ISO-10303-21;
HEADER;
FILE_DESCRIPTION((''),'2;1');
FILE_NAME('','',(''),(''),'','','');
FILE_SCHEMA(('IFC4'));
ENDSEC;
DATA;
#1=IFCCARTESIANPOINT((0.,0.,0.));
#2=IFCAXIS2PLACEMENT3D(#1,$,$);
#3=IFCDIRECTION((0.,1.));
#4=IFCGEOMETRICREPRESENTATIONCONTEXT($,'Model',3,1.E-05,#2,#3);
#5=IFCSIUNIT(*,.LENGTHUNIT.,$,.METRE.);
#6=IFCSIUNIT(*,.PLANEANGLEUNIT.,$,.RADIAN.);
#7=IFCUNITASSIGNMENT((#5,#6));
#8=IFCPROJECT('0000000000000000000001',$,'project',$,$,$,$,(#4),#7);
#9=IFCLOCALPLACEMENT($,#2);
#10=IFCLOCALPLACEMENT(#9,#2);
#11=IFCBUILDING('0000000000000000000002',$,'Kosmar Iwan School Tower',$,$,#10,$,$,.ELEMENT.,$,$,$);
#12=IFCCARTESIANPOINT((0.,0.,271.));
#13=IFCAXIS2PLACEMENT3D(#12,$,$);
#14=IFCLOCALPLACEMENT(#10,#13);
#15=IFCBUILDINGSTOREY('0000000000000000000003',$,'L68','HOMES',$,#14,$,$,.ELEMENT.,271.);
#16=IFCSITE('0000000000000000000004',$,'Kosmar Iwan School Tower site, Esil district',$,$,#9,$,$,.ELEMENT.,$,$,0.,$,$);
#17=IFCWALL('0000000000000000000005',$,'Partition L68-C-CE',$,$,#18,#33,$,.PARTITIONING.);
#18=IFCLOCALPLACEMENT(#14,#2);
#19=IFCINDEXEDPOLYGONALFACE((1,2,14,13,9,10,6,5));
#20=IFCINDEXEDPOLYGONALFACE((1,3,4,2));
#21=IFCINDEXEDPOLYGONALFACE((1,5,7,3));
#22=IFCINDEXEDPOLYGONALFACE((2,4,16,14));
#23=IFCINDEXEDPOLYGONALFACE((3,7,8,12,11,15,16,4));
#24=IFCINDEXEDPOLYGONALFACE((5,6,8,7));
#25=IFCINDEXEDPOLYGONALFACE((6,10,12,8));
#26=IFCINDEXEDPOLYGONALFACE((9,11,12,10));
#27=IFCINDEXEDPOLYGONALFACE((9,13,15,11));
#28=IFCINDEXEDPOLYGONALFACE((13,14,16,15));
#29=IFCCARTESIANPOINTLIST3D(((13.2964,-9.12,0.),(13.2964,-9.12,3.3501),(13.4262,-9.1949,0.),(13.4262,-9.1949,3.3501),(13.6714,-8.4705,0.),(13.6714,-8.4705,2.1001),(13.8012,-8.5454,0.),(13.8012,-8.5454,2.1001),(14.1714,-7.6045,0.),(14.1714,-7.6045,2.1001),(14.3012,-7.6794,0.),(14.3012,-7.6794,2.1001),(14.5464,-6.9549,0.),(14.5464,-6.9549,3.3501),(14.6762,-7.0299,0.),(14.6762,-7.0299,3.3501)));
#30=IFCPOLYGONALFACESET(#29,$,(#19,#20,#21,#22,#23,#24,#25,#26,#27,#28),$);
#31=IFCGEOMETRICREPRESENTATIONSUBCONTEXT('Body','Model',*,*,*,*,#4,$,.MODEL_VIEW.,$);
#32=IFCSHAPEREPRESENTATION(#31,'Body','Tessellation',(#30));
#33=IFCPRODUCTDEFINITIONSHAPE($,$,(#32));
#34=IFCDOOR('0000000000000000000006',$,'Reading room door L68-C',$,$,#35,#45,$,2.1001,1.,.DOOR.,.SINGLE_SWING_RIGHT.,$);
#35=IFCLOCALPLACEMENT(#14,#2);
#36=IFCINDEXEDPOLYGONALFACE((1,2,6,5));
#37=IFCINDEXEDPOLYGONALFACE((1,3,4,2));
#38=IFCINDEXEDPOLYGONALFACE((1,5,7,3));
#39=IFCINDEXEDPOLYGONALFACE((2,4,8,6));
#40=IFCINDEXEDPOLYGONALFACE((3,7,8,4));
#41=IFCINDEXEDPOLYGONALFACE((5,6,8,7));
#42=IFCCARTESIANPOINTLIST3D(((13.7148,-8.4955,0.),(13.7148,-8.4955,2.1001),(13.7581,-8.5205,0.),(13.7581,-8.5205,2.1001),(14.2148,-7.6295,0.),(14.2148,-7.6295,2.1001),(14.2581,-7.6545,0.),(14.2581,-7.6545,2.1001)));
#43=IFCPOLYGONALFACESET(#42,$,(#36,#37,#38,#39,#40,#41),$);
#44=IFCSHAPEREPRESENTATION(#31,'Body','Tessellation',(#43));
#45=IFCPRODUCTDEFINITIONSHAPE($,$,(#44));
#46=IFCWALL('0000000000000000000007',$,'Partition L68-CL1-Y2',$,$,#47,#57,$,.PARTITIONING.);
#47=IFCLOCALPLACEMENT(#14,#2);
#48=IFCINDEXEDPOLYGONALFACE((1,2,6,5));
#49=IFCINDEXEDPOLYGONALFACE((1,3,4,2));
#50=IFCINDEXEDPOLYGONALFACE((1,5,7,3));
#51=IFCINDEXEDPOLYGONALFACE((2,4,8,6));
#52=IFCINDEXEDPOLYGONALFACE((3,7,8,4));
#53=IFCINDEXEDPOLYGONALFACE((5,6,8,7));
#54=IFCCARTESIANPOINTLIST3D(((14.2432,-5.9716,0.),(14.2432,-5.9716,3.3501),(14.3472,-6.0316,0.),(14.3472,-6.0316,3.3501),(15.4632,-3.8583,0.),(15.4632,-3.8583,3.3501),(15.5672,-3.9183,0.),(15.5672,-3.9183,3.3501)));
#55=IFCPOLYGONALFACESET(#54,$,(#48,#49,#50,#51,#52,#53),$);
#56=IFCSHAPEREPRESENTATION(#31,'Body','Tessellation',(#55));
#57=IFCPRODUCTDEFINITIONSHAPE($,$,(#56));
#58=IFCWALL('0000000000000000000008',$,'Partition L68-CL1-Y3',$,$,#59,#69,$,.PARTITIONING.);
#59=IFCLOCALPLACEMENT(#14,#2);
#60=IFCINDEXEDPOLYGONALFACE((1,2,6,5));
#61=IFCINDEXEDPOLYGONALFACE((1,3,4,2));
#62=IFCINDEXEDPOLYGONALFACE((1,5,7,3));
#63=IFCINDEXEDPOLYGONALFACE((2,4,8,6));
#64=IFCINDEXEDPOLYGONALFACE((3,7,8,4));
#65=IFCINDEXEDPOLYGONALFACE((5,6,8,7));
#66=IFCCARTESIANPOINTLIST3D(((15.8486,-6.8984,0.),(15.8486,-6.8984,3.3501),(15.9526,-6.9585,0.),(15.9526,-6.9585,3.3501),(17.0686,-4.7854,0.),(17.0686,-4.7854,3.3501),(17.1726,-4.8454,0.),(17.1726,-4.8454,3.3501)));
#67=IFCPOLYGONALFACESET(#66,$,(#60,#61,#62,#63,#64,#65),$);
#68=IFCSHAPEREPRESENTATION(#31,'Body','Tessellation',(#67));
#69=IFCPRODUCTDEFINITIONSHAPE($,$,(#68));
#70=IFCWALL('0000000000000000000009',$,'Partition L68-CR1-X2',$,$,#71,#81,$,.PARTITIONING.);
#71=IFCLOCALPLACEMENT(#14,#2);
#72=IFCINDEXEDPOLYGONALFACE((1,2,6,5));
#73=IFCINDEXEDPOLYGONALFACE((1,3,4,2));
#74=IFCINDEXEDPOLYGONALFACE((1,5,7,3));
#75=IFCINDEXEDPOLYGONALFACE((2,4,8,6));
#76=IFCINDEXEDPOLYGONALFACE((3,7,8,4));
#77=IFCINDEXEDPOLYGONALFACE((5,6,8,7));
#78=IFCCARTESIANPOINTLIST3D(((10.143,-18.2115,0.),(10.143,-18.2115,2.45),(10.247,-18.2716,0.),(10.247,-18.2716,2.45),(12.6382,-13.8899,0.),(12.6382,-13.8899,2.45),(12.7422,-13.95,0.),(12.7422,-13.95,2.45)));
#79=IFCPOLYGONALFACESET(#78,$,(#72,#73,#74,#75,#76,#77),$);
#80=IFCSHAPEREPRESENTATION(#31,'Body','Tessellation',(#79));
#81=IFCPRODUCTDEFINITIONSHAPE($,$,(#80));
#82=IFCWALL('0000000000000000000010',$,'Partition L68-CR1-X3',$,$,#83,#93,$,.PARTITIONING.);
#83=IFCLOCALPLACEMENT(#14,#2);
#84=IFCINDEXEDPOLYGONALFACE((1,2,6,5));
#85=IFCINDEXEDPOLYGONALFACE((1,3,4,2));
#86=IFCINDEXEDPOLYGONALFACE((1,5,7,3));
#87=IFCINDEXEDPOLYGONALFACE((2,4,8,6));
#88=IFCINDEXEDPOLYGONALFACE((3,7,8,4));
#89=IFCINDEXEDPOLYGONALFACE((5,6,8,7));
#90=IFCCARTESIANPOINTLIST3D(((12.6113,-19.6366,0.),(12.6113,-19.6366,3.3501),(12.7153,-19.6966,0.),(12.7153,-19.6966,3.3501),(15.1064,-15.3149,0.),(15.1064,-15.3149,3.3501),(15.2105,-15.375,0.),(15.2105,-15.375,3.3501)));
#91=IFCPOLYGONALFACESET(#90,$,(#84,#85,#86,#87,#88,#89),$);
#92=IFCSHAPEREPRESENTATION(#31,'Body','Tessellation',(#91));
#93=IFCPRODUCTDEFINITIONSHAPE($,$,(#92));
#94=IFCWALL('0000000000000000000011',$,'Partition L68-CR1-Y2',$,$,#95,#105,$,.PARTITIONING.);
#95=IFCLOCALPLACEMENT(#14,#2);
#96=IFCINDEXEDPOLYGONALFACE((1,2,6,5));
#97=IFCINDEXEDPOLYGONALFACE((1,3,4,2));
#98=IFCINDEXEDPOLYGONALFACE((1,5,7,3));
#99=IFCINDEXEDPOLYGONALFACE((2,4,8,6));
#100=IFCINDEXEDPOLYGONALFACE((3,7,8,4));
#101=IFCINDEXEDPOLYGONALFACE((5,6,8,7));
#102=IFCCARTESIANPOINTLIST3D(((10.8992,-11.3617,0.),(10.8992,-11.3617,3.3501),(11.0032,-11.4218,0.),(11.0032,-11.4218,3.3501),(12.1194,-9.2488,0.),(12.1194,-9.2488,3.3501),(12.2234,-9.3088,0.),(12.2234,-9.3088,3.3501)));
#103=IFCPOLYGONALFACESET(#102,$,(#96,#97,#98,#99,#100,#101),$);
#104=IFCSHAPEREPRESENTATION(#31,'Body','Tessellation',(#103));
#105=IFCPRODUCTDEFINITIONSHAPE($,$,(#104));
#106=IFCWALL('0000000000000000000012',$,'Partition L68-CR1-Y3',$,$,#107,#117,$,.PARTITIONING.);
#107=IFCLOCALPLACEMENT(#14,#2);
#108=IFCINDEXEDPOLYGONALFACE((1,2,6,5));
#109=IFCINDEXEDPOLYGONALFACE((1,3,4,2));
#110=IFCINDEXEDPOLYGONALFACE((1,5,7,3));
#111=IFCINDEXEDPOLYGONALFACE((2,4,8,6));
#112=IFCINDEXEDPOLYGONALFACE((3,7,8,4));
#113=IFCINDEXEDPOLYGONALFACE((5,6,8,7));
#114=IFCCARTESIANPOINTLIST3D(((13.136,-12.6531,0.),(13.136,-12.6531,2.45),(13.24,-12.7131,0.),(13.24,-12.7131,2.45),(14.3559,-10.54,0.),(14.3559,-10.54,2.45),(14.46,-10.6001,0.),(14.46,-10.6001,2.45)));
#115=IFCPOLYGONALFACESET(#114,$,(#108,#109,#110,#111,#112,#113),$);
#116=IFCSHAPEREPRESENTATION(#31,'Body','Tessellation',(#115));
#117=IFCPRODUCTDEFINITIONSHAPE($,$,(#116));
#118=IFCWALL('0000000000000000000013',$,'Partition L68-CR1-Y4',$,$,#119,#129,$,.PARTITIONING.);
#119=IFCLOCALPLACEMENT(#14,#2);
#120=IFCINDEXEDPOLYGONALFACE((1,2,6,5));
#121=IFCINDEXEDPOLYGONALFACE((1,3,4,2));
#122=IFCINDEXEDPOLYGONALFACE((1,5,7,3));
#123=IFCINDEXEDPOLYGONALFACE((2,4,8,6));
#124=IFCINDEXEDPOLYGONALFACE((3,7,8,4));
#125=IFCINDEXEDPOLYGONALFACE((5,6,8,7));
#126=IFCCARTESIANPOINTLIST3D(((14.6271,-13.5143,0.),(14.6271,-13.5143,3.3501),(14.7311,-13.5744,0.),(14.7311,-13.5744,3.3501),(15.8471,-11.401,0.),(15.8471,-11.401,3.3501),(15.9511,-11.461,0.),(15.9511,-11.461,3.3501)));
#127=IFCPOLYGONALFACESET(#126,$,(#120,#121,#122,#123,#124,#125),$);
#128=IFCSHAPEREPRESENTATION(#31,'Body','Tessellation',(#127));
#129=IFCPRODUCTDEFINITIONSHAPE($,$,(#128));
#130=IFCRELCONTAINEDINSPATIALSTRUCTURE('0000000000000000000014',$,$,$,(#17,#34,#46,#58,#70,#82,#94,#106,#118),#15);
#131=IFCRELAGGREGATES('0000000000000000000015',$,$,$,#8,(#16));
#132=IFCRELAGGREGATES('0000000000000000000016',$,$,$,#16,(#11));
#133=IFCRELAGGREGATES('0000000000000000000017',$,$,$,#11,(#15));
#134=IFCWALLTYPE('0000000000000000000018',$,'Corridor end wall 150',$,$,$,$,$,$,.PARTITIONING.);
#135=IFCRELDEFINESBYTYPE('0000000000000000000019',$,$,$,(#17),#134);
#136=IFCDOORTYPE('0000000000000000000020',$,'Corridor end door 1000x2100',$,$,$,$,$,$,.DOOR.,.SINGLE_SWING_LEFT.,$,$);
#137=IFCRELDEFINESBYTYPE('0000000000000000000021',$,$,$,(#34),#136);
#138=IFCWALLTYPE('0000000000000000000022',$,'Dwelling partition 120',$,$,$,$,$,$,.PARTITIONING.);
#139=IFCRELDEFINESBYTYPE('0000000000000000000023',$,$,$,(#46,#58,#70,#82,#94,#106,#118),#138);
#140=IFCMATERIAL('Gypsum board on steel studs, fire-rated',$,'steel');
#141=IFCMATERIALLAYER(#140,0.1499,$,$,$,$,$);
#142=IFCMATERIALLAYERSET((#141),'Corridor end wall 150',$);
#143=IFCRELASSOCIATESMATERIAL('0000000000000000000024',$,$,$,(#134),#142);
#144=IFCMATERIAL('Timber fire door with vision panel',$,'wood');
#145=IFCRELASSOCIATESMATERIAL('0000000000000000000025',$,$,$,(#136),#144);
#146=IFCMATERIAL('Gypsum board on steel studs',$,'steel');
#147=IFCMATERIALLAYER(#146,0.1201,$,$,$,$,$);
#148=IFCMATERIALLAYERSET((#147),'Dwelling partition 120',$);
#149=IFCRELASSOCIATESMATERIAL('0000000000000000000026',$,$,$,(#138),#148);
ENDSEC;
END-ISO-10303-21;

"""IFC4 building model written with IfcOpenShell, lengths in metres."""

from ifc_helpers import new_model, si_unit, direction, frame, frame_2d, origin, place, context, subcontext, project, spatial, rectangle, extrude, material, layer, layer_set, type_object, element, fill, save


model = new_model("IFC4")

# Units and contexts
model_context = context("Model", 3, precision=1e-05, world=origin(), true_north=direction((0.0, 1.0)))
body_context = subcontext(model_context, "Body", "Model", "MODEL_VIEW")
ifc_project = project(units=[si_unit("LENGTHUNIT", "METRE"), si_unit("PLANEANGLEUNIT", "RADIAN")], contexts=[model_context])

# Site, building, storey
site_placement = place(None, origin())
site = spatial("IfcSite", under=ifc_project, at=site_placement, Name="Kosmar Iwan School Tower site, Esil district", CompositionType="ELEMENT", RefElevation=0.0)
building_placement = place(site_placement, origin())
building = spatial("IfcBuilding", under=site, at=building_placement, Name="Kosmar Iwan School Tower", CompositionType="ELEMENT")
storey_placement = place(building_placement, frame((0.0, 0.0, 271.0)))
storey = spatial("IfcBuildingStorey", under=building, at=storey_placement, Name="L68", Description="HOMES", CompositionType="ELEMENT", Elevation=271.0)

# Wall, opening, door
ifc_material_1 = material(Name="Gypsum board on steel studs, fire-rated", Category="steel")
ifc_layer_1 = layer(ifc_material_1, 0.1499)
ifc_layer_set_1 = layer_set([ifc_layer_1], Name="Corridor end wall 150")
wall_type_1 = type_object("IfcWallType", Name="Corridor end wall 150", PredefinedType="PARTITIONING", material=ifc_layer_set_1)
wall_1_placement = place(storey_placement, frame((13.3613, -9.1575, 0.0), z_axis=(0.0, 0.0, 1.0), x_axis=(0.500004, 0.866023, 0.0)))
wall_1 = element("IfcWall", 1, at=wall_1_placement, inside=storey, type_object=wall_type_1, Name="Partition L68-C-CE", PredefinedType="PARTITIONING", context=body_context, shape_type="SweptSolid", body=[
    extrude(rectangle(XDim=2.5, YDim=0.1499, at=frame_2d((1.25, 0.0))), origin(), (0.0, 0.0, 1.0), 3.3501),
])
opening_placement = place(wall_1_placement, frame((0.75, 0.0, 0.0)))
opening = element("IfcOpeningElement", 2, at=opening_placement, cuts=wall_1, PredefinedType="OPENING", context=body_context, shape_type="SweptSolid", body=[
    extrude(rectangle(XDim=1.0, YDim=2.1001, at=frame_2d((0.5, 1.05))), frame((0.0, 0.0869, 0.0), z_axis=(0.0, -1.0, 0.0), x_axis=(1.0, 0.0, 0.0)), (0.0, 0.0, 1.0), 0.1738),
])
ifc_material_2 = material(Name="Timber fire door with vision panel", Category="wood")
door_type = type_object("IfcDoorType", Name="Corridor end door 1000x2100", OperationType="SINGLE_SWING_LEFT", PredefinedType="DOOR", material=ifc_material_2)
door_placement = place(opening_placement, origin())
door = element("IfcDoor", 3, at=door_placement, inside=storey, type_object=door_type, Name="Reading room door L68-C", OperationType="SINGLE_SWING_RIGHT", OverallHeight=2.1001, OverallWidth=1.0, PredefinedType="DOOR", context=body_context, shape_type="SweptSolid", body=[
    extrude(rectangle(XDim=1.0, YDim=2.1001, at=frame_2d((0.5, 1.05))), frame((0.0, 0.0249, 0.0), z_axis=(0.0, -1.0, 0.0), x_axis=(1.0, 0.0, 0.0)), (0.0, 0.0, 1.0), 0.05),
])
fill(opening, door)

# Walls
ifc_material_3 = material(Name="Gypsum board on steel studs", Category="steel")
ifc_layer_2 = layer(ifc_material_3, 0.1201)
ifc_layer_set_2 = layer_set([ifc_layer_2], Name="Dwelling partition 120")
wall_type_2 = type_object("IfcWallType", Name="Dwelling partition 120", PredefinedType="PARTITIONING", material=ifc_layer_set_2)
wall_2_placement = place(storey_placement, frame((14.2952, -6.0017, 0.0), z_axis=(0.0, 0.0, 1.0), x_axis=(0.499959, 0.866049, 0.0)))
element("IfcWall", 4, at=wall_2_placement, inside=storey, type_object=wall_type_2, Name="Partition L68-CL1-Y2", PredefinedType="PARTITIONING", context=body_context, shape_type="SweptSolid", body=[
    extrude(rectangle(XDim=2.4402, YDim=0.1201, at=frame_2d((1.2202, 0.0))), origin(), (0.0, 0.0, 1.0), 3.3501),
])
wall_3_placement = place(storey_placement, frame((15.9006, -6.9285, 0.0), z_axis=(0.0, 0.0, 1.0), x_axis=(0.500003, 0.866024, 0.0)))
element("IfcWall", 5, at=wall_3_placement, inside=storey, type_object=wall_type_2, Name="Partition L68-CL1-Y3", PredefinedType="PARTITIONING", context=body_context, shape_type="SweptSolid", body=[
    extrude(rectangle(XDim=2.4399, YDim=0.1201, at=frame_2d((1.22, 0.0))), origin(), (0.0, 0.0, 1.0), 3.3501),
])
wall_4_placement = place(storey_placement, frame((12.6902, -13.9199, 0.0), z_axis=(0.0, 0.0, 1.0), x_axis=(-0.500012, -0.866019, 0.0)))
element("IfcWall", 6, at=wall_4_placement, inside=storey, type_object=wall_type_2, Name="Partition L68-CR1-X2", PredefinedType="PARTITIONING", context=body_context, shape_type="SweptSolid", body=[
    extrude(rectangle(XDim=4.9902, YDim=0.1201, at=frame_2d((2.4951, 0.0))), origin(), (0.0, 0.0, 1.0), 2.45),
])
wall_5_placement = place(storey_placement, frame((15.1584, -15.345, 0.0), z_axis=(0.0, 0.0, 1.0), x_axis=(-0.500012, -0.866019, 0.0)))
element("IfcWall", 7, at=wall_5_placement, inside=storey, type_object=wall_type_2, Name="Partition L68-CR1-X3", PredefinedType="PARTITIONING", context=body_context, shape_type="SweptSolid", body=[
    extrude(rectangle(XDim=4.9902, YDim=0.1201, at=frame_2d((2.4951, 0.0))), origin(), (0.0, 0.0, 1.0), 3.3501),
])
wall_6_placement = place(storey_placement, frame((12.1714, -9.2788, 0.0), z_axis=(0.0, 0.0, 1.0), x_axis=(-0.500078, -0.865981, 0.0)))
element("IfcWall", 8, at=wall_6_placement, inside=storey, type_object=wall_type_2, Name="Partition L68-CR1-Y2", PredefinedType="PARTITIONING", context=body_context, shape_type="SweptSolid", body=[
    extrude(rectangle(XDim=2.4399, YDim=0.1201, at=frame_2d((1.22, 0.0))), origin(), (0.0, 0.0, 1.0), 3.3501),
])
wall_7_placement = place(storey_placement, frame((14.408, -10.5701, 0.0), z_axis=(0.0, 0.0, 1.0), x_axis=(-0.500003, -0.866024, 0.0)))
element("IfcWall", 9, at=wall_7_placement, inside=storey, type_object=wall_type_2, Name="Partition L68-CR1-Y3", PredefinedType="PARTITIONING", context=body_context, shape_type="SweptSolid", body=[
    extrude(rectangle(XDim=2.4399, YDim=0.1201, at=frame_2d((1.22, 0.0))), origin(), (0.0, 0.0, 1.0), 2.45),
])
wall_8_placement = place(storey_placement, frame((15.8992, -11.4309, 0.0), z_axis=(0.0, 0.0, 1.0), x_axis=(-0.499959, -0.866049, 0.0)))
element("IfcWall", 10, at=wall_8_placement, inside=storey, type_object=wall_type_2, Name="Partition L68-CR1-Y4", PredefinedType="PARTITIONING", context=body_context, shape_type="SweptSolid", body=[
    extrude(rectangle(XDim=2.4402, YDim=0.1201, at=frame_2d((1.2202, 0.0))), origin(), (0.0, 0.0, 1.0), 3.3501),
])

save(model, "model.ifc")
